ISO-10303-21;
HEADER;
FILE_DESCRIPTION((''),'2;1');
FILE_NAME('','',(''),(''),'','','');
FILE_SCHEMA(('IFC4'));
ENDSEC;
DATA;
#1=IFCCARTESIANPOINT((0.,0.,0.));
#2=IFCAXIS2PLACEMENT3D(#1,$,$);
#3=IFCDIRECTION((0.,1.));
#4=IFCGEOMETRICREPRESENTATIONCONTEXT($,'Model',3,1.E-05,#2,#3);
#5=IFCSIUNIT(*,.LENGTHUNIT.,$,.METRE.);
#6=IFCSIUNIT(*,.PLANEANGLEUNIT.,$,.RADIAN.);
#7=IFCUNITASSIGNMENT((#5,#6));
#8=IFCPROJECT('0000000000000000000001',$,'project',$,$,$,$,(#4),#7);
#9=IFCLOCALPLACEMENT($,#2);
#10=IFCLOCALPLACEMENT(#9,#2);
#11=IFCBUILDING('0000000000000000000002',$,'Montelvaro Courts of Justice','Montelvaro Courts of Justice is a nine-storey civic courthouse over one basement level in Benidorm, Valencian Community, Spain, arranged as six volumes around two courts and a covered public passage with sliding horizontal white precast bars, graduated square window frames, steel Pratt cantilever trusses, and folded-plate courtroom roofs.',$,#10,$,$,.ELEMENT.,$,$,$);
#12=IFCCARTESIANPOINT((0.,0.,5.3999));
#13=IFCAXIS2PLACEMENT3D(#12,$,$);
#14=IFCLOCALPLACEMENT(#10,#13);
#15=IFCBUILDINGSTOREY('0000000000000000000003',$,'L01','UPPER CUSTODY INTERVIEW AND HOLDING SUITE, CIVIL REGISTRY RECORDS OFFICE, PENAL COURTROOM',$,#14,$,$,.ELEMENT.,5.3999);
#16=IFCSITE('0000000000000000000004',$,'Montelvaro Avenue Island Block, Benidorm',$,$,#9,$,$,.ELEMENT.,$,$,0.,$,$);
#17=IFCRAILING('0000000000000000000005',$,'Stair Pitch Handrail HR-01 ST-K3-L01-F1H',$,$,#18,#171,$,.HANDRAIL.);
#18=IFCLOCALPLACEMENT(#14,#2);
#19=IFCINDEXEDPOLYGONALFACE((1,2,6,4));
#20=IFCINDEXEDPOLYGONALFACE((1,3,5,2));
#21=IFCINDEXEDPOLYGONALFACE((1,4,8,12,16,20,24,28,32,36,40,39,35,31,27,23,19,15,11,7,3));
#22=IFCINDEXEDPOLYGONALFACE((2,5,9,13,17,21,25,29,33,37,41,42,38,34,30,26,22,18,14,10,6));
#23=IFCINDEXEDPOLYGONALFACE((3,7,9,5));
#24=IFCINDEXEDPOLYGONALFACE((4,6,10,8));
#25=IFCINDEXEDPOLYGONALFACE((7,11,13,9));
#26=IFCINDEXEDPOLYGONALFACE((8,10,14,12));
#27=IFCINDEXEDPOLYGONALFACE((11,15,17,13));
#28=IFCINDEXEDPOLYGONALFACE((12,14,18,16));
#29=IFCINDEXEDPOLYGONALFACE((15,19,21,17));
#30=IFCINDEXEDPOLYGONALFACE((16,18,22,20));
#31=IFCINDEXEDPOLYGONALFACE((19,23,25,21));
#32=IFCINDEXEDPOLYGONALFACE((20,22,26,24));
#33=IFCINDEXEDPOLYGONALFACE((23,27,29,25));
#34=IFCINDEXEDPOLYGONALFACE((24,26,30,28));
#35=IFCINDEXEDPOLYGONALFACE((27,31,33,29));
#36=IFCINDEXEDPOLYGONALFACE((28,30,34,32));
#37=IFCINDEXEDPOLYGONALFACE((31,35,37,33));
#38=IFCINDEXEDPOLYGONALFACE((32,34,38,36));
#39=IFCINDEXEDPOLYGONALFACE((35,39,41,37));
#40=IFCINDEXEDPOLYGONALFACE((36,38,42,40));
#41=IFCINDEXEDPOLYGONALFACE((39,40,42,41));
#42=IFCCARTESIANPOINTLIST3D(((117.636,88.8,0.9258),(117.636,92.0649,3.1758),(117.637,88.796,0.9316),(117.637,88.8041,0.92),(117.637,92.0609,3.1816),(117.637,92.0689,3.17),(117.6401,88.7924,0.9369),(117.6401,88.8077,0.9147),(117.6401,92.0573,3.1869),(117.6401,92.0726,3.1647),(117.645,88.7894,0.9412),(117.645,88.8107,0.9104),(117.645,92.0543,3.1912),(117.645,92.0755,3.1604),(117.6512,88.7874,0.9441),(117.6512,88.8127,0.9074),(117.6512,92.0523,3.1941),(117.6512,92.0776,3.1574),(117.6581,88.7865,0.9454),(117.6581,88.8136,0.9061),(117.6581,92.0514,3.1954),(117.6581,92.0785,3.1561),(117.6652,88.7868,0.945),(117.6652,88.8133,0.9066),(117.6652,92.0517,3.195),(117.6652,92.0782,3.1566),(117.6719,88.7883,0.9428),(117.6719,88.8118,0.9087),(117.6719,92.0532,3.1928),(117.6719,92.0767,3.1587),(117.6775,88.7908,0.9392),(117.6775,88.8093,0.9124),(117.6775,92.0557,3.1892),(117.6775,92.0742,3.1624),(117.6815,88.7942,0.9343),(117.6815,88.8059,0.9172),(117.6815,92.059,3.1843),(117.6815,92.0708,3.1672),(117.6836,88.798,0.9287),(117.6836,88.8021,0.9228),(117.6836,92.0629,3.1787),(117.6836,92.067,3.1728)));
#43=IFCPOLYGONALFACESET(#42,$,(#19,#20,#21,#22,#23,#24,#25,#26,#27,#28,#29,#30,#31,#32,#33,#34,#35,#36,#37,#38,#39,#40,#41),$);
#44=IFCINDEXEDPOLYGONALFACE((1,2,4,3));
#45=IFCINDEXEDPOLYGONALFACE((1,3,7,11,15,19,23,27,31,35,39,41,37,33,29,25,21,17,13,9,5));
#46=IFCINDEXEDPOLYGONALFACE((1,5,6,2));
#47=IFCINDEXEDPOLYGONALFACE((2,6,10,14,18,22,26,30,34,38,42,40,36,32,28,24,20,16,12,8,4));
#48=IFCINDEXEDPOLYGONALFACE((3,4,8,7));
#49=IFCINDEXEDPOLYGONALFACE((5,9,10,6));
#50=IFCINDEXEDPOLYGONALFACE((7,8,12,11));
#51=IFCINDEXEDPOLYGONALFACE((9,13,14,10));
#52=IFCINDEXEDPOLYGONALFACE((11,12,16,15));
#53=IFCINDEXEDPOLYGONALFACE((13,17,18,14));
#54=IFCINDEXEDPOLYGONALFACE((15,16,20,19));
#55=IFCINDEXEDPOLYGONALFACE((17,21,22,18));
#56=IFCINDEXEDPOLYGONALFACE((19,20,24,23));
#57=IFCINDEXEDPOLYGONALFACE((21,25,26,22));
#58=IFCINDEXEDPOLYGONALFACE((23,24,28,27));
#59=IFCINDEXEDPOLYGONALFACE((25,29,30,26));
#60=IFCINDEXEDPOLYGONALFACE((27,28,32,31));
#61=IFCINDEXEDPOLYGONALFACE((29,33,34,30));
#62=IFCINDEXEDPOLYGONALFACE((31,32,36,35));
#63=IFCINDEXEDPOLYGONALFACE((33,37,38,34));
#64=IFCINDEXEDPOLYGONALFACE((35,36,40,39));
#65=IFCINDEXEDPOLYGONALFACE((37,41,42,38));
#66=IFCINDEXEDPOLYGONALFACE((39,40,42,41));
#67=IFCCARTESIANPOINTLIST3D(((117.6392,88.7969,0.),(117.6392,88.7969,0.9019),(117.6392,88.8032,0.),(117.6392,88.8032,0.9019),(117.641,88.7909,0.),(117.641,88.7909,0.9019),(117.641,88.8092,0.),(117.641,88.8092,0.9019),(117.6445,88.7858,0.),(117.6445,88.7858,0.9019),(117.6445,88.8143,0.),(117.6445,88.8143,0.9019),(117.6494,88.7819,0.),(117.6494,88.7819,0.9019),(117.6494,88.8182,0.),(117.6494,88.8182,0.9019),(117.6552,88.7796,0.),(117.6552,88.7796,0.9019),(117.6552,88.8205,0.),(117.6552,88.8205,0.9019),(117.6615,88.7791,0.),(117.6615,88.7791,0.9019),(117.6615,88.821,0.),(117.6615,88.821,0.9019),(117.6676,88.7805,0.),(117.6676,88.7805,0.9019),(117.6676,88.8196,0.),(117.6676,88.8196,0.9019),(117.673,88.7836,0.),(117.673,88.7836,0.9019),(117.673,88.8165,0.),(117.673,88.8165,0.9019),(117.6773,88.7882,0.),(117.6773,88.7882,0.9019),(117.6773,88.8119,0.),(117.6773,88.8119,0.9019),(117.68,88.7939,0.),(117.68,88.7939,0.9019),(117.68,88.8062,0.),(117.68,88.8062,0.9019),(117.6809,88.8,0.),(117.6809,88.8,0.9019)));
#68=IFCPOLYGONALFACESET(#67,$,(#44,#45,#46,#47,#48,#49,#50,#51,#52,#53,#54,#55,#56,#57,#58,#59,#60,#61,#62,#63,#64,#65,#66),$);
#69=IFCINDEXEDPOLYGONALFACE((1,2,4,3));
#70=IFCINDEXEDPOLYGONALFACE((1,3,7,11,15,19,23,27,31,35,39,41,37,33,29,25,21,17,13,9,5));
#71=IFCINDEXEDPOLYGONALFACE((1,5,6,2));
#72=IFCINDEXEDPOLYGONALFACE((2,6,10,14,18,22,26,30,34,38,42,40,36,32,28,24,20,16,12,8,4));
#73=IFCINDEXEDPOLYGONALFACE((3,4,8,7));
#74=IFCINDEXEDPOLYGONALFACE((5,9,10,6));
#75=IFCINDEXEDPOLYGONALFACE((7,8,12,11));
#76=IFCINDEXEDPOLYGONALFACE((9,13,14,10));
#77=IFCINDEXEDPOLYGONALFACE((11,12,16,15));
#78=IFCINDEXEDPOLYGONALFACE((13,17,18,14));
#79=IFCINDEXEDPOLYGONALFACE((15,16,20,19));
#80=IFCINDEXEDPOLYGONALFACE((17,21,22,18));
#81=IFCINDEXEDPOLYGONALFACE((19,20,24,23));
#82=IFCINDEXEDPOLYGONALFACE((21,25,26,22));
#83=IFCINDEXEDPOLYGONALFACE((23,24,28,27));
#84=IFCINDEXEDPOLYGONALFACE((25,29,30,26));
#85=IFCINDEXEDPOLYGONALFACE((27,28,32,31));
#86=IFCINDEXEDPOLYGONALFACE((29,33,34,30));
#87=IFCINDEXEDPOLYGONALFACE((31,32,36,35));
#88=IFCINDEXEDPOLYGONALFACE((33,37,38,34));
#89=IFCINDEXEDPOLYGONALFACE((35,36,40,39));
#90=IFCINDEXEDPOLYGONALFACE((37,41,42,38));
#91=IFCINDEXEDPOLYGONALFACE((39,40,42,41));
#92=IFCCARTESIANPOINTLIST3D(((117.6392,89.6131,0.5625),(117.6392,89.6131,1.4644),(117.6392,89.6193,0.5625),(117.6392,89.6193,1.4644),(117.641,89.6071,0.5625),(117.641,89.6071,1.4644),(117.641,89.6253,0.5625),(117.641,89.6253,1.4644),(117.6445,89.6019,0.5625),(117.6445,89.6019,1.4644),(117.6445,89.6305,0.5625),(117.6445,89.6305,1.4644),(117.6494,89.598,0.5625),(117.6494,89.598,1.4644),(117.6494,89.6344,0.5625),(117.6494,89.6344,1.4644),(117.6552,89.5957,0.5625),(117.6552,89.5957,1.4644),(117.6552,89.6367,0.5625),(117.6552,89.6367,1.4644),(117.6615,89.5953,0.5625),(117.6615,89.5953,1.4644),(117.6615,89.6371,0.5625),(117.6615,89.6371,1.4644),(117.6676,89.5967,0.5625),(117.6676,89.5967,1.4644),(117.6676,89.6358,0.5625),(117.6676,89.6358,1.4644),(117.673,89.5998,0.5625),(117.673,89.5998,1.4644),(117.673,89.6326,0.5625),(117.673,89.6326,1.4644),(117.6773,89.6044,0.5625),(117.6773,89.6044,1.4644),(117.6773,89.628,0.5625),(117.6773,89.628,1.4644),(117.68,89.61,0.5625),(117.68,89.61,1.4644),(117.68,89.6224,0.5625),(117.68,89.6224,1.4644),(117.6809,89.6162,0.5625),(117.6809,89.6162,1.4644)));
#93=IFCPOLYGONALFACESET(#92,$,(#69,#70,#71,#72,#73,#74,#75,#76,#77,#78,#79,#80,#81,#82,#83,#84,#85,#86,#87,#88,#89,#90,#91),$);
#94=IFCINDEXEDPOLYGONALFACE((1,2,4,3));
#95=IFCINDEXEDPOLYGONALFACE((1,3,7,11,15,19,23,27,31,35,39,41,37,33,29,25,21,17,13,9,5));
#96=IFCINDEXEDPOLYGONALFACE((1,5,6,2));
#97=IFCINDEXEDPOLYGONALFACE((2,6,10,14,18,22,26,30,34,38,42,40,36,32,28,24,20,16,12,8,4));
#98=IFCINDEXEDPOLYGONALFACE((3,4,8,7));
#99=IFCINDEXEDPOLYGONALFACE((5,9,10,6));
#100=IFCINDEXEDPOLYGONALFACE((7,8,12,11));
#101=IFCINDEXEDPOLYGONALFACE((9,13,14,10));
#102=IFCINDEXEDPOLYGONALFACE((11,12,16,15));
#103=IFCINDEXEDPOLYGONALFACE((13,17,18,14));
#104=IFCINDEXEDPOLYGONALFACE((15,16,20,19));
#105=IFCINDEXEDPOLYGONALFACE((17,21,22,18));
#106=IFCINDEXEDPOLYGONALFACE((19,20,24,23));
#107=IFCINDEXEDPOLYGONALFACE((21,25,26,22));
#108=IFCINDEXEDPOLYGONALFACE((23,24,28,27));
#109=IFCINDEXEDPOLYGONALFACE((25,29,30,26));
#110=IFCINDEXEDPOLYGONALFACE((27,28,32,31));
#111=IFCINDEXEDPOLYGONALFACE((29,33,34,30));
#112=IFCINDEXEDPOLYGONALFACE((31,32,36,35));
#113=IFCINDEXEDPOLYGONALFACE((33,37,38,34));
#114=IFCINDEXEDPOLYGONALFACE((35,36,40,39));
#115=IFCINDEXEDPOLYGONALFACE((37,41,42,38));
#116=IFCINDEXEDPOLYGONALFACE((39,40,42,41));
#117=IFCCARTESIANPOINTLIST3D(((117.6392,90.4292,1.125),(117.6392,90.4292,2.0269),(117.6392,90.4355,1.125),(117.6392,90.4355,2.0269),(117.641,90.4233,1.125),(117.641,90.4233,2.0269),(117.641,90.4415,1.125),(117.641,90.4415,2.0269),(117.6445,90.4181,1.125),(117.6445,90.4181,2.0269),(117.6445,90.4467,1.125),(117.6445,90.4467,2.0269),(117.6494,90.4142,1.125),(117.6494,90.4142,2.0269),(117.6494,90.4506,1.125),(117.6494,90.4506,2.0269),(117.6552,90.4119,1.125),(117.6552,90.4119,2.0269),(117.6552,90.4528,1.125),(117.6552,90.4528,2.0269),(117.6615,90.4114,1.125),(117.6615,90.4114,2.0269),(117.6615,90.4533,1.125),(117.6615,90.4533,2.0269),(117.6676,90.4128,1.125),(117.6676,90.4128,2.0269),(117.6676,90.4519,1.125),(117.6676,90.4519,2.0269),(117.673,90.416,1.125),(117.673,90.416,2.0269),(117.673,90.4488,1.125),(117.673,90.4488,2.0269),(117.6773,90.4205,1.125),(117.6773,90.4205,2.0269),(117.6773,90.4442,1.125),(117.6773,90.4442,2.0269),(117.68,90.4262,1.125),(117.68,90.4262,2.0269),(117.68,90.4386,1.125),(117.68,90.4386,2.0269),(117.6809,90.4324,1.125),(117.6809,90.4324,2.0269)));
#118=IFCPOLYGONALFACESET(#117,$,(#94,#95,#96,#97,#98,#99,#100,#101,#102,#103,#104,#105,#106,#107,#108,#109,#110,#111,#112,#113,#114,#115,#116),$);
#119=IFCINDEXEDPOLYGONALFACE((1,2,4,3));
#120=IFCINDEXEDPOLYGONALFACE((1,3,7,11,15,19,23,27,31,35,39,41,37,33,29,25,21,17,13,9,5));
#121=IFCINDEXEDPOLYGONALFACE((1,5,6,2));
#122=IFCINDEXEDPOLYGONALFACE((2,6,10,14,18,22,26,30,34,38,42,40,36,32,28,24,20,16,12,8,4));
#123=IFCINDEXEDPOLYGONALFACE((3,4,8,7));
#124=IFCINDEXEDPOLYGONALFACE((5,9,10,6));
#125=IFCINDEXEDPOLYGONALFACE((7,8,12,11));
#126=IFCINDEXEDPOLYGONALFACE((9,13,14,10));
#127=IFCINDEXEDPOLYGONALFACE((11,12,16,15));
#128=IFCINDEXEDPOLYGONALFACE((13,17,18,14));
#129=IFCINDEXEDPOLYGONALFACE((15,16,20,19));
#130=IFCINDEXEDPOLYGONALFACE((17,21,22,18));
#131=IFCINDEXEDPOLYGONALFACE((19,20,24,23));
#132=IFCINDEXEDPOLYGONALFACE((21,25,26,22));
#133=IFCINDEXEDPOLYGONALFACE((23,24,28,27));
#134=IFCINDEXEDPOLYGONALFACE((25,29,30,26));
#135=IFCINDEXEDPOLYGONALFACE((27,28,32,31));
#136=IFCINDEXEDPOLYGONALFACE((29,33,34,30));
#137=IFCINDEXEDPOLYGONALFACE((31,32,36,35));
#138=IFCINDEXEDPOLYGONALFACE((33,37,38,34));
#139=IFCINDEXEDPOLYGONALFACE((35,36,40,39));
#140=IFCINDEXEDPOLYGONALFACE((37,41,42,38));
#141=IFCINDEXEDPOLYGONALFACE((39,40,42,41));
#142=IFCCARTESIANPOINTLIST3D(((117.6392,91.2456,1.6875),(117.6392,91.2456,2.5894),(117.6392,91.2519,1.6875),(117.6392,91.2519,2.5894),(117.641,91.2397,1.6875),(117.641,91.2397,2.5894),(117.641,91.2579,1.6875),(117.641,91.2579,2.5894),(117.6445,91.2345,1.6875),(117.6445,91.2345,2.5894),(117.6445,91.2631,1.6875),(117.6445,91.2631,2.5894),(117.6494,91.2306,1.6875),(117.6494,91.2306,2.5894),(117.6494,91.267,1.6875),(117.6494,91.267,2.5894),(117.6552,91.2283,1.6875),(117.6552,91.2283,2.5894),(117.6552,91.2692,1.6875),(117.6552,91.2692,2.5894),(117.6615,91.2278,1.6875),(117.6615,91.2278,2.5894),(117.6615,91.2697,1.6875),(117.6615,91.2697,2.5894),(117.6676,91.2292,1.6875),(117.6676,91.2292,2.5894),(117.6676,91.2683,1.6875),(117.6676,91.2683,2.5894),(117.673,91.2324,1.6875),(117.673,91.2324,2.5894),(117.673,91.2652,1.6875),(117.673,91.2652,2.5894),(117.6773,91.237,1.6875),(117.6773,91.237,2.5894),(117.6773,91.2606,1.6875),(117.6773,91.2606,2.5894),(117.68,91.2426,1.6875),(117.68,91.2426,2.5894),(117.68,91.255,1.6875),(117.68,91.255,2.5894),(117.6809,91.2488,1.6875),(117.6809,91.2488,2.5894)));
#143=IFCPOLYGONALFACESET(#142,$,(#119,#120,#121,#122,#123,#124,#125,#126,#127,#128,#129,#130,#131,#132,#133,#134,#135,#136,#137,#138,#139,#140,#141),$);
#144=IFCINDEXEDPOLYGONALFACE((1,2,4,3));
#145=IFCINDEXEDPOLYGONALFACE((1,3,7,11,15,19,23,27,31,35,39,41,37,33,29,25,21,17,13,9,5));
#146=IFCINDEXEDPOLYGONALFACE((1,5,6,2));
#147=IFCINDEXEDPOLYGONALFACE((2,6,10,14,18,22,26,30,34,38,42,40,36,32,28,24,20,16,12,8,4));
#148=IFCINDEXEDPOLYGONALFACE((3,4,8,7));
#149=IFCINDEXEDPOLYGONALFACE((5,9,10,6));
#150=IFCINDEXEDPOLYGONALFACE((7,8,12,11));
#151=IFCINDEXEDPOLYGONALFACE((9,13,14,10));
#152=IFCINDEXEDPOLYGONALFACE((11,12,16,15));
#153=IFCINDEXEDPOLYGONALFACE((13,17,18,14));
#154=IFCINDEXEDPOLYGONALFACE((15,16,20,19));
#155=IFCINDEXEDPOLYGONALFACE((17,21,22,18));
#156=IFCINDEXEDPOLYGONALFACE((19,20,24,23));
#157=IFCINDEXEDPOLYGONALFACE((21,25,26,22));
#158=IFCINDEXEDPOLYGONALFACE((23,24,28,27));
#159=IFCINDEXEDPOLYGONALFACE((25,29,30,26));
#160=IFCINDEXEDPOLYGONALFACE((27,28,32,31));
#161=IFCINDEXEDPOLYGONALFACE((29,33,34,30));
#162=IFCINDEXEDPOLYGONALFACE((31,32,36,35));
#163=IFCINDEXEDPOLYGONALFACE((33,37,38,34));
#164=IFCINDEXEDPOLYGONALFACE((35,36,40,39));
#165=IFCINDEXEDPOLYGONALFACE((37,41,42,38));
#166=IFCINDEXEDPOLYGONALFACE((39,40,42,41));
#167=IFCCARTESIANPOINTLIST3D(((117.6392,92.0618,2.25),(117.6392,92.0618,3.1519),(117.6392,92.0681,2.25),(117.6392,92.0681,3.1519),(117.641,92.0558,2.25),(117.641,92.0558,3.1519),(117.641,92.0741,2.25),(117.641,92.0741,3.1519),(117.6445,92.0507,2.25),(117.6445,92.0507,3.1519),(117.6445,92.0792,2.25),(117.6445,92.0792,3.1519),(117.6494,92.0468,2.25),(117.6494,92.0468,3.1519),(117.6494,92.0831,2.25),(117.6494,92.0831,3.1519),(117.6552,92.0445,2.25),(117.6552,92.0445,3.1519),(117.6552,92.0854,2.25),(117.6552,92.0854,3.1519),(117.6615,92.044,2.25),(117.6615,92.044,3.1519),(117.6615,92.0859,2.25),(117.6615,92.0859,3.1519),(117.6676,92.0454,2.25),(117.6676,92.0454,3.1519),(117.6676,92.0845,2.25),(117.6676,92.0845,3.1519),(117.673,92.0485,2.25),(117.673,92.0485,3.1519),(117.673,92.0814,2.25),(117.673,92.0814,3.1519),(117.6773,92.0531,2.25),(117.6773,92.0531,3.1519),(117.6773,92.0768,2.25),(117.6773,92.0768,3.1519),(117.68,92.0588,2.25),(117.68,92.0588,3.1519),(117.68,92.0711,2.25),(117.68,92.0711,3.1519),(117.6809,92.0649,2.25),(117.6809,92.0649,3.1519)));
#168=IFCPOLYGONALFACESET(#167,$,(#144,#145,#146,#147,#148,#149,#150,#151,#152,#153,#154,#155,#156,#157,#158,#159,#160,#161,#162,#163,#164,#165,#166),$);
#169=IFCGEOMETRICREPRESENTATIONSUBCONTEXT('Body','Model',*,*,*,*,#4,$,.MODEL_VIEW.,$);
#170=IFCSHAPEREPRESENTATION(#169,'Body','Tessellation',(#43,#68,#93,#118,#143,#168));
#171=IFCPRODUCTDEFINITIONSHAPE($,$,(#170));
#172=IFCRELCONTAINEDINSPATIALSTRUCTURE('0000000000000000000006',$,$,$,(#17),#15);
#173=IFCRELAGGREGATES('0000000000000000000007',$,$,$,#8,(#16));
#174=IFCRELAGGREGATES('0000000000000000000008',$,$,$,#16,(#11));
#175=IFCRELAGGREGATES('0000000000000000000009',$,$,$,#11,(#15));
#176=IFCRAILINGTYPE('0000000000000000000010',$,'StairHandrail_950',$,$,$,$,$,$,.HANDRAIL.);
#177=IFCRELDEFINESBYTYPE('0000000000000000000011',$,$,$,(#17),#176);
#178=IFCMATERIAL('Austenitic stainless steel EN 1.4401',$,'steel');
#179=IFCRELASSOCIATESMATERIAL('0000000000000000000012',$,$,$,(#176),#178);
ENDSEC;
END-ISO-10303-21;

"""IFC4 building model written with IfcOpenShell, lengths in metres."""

from ifc_helpers import new_model, si_unit, direction, frame, origin, origin_2d, place, context, subcontext, project, spatial, circle, extrude, material, type_object, element, save


model = new_model("IFC4")

# Units and contexts
model_context = context("Model", 3, precision=1e-05, world=origin(), true_north=direction((0.0, 1.0)))
body_context = subcontext(model_context, "Body", "Model", "MODEL_VIEW")
ifc_project = project(units=[si_unit("LENGTHUNIT", "METRE"), si_unit("PLANEANGLEUNIT", "RADIAN")], contexts=[model_context])

# Site, building, storey
site_placement = place(None, origin())
site = spatial("IfcSite", under=ifc_project, at=site_placement, Name="Montelvaro Avenue Island Block, Benidorm", CompositionType="ELEMENT", RefElevation=0.0)
building_placement = place(site_placement, origin())
building = spatial("IfcBuilding", under=site, at=building_placement, Name="Montelvaro Courts of Justice", Description="Montelvaro Courts of Justice is a nine-storey civic courthouse over one basement level in Benidorm, Valencian Community, Spain, arranged as six volumes around two courts and a covered public passage with sliding horizontal white precast bars, graduated square window frames, steel Pratt cantilever trusses, and folded-plate courtroom roofs.", CompositionType="ELEMENT")
storey_placement = place(building_placement, frame((0.0, 0.0, 5.3999)))
storey = spatial("IfcBuildingStorey", under=building, at=storey_placement, Name="L01", Description="UPPER CUSTODY INTERVIEW AND HOLDING SUITE, CIVIL REGISTRY RECORDS OFFICE, PENAL COURTROOM", CompositionType="ELEMENT", Elevation=5.3999)

# Railing
ifc_material_1 = material(Name="Austenitic stainless steel EN 1.4401", Category="steel")
railing_type_1 = type_object("IfcRailingType", Name="StairHandrail_950", PredefinedType="HANDRAIL", material=ifc_material_1)
railing_1_placement = place(storey_placement, frame((117.6599, 88.8, 0.0)))
element("IfcRailing", 1, at=railing_1_placement, inside=storey, type_object=railing_type_1, Name="Stair Pitch Handrail HR-01 ST-K3-L01-F1H", PredefinedType="HANDRAIL", context=body_context, shape_type="SweptSolid", body=[
    extrude(circle(Radius=0.0239, at=origin_2d()), frame((0.0, 0.0, 0.9258), z_axis=(0.0, 0.823407, 0.567451), x_axis=(-1.0, 0.0, 0.0)), (0.0, 0.0, 1.0), 3.9651),
    extrude(circle(Radius=0.021, at=origin_2d()), origin(), (0.0, 0.0, 1.0), 0.9019),
    extrude(circle(Radius=0.021, at=origin_2d()), frame((0.0, 0.8162, 0.5625)), (0.0, 0.0, 1.0), 0.9019),
    extrude(circle(Radius=0.021, at=origin_2d()), frame((0.0, 1.6323, 1.125)), (0.0, 0.0, 1.0), 0.9019),
    extrude(circle(Radius=0.021, at=origin_2d()), frame((0.0, 2.4487, 1.6875)), (0.0, 0.0, 1.0), 0.9019),
    extrude(circle(Radius=0.021, at=origin_2d()), frame((0.0, 3.2649, 2.25)), (0.0, 0.0, 1.0), 0.9019),
])

save(model, "model.ifc")
